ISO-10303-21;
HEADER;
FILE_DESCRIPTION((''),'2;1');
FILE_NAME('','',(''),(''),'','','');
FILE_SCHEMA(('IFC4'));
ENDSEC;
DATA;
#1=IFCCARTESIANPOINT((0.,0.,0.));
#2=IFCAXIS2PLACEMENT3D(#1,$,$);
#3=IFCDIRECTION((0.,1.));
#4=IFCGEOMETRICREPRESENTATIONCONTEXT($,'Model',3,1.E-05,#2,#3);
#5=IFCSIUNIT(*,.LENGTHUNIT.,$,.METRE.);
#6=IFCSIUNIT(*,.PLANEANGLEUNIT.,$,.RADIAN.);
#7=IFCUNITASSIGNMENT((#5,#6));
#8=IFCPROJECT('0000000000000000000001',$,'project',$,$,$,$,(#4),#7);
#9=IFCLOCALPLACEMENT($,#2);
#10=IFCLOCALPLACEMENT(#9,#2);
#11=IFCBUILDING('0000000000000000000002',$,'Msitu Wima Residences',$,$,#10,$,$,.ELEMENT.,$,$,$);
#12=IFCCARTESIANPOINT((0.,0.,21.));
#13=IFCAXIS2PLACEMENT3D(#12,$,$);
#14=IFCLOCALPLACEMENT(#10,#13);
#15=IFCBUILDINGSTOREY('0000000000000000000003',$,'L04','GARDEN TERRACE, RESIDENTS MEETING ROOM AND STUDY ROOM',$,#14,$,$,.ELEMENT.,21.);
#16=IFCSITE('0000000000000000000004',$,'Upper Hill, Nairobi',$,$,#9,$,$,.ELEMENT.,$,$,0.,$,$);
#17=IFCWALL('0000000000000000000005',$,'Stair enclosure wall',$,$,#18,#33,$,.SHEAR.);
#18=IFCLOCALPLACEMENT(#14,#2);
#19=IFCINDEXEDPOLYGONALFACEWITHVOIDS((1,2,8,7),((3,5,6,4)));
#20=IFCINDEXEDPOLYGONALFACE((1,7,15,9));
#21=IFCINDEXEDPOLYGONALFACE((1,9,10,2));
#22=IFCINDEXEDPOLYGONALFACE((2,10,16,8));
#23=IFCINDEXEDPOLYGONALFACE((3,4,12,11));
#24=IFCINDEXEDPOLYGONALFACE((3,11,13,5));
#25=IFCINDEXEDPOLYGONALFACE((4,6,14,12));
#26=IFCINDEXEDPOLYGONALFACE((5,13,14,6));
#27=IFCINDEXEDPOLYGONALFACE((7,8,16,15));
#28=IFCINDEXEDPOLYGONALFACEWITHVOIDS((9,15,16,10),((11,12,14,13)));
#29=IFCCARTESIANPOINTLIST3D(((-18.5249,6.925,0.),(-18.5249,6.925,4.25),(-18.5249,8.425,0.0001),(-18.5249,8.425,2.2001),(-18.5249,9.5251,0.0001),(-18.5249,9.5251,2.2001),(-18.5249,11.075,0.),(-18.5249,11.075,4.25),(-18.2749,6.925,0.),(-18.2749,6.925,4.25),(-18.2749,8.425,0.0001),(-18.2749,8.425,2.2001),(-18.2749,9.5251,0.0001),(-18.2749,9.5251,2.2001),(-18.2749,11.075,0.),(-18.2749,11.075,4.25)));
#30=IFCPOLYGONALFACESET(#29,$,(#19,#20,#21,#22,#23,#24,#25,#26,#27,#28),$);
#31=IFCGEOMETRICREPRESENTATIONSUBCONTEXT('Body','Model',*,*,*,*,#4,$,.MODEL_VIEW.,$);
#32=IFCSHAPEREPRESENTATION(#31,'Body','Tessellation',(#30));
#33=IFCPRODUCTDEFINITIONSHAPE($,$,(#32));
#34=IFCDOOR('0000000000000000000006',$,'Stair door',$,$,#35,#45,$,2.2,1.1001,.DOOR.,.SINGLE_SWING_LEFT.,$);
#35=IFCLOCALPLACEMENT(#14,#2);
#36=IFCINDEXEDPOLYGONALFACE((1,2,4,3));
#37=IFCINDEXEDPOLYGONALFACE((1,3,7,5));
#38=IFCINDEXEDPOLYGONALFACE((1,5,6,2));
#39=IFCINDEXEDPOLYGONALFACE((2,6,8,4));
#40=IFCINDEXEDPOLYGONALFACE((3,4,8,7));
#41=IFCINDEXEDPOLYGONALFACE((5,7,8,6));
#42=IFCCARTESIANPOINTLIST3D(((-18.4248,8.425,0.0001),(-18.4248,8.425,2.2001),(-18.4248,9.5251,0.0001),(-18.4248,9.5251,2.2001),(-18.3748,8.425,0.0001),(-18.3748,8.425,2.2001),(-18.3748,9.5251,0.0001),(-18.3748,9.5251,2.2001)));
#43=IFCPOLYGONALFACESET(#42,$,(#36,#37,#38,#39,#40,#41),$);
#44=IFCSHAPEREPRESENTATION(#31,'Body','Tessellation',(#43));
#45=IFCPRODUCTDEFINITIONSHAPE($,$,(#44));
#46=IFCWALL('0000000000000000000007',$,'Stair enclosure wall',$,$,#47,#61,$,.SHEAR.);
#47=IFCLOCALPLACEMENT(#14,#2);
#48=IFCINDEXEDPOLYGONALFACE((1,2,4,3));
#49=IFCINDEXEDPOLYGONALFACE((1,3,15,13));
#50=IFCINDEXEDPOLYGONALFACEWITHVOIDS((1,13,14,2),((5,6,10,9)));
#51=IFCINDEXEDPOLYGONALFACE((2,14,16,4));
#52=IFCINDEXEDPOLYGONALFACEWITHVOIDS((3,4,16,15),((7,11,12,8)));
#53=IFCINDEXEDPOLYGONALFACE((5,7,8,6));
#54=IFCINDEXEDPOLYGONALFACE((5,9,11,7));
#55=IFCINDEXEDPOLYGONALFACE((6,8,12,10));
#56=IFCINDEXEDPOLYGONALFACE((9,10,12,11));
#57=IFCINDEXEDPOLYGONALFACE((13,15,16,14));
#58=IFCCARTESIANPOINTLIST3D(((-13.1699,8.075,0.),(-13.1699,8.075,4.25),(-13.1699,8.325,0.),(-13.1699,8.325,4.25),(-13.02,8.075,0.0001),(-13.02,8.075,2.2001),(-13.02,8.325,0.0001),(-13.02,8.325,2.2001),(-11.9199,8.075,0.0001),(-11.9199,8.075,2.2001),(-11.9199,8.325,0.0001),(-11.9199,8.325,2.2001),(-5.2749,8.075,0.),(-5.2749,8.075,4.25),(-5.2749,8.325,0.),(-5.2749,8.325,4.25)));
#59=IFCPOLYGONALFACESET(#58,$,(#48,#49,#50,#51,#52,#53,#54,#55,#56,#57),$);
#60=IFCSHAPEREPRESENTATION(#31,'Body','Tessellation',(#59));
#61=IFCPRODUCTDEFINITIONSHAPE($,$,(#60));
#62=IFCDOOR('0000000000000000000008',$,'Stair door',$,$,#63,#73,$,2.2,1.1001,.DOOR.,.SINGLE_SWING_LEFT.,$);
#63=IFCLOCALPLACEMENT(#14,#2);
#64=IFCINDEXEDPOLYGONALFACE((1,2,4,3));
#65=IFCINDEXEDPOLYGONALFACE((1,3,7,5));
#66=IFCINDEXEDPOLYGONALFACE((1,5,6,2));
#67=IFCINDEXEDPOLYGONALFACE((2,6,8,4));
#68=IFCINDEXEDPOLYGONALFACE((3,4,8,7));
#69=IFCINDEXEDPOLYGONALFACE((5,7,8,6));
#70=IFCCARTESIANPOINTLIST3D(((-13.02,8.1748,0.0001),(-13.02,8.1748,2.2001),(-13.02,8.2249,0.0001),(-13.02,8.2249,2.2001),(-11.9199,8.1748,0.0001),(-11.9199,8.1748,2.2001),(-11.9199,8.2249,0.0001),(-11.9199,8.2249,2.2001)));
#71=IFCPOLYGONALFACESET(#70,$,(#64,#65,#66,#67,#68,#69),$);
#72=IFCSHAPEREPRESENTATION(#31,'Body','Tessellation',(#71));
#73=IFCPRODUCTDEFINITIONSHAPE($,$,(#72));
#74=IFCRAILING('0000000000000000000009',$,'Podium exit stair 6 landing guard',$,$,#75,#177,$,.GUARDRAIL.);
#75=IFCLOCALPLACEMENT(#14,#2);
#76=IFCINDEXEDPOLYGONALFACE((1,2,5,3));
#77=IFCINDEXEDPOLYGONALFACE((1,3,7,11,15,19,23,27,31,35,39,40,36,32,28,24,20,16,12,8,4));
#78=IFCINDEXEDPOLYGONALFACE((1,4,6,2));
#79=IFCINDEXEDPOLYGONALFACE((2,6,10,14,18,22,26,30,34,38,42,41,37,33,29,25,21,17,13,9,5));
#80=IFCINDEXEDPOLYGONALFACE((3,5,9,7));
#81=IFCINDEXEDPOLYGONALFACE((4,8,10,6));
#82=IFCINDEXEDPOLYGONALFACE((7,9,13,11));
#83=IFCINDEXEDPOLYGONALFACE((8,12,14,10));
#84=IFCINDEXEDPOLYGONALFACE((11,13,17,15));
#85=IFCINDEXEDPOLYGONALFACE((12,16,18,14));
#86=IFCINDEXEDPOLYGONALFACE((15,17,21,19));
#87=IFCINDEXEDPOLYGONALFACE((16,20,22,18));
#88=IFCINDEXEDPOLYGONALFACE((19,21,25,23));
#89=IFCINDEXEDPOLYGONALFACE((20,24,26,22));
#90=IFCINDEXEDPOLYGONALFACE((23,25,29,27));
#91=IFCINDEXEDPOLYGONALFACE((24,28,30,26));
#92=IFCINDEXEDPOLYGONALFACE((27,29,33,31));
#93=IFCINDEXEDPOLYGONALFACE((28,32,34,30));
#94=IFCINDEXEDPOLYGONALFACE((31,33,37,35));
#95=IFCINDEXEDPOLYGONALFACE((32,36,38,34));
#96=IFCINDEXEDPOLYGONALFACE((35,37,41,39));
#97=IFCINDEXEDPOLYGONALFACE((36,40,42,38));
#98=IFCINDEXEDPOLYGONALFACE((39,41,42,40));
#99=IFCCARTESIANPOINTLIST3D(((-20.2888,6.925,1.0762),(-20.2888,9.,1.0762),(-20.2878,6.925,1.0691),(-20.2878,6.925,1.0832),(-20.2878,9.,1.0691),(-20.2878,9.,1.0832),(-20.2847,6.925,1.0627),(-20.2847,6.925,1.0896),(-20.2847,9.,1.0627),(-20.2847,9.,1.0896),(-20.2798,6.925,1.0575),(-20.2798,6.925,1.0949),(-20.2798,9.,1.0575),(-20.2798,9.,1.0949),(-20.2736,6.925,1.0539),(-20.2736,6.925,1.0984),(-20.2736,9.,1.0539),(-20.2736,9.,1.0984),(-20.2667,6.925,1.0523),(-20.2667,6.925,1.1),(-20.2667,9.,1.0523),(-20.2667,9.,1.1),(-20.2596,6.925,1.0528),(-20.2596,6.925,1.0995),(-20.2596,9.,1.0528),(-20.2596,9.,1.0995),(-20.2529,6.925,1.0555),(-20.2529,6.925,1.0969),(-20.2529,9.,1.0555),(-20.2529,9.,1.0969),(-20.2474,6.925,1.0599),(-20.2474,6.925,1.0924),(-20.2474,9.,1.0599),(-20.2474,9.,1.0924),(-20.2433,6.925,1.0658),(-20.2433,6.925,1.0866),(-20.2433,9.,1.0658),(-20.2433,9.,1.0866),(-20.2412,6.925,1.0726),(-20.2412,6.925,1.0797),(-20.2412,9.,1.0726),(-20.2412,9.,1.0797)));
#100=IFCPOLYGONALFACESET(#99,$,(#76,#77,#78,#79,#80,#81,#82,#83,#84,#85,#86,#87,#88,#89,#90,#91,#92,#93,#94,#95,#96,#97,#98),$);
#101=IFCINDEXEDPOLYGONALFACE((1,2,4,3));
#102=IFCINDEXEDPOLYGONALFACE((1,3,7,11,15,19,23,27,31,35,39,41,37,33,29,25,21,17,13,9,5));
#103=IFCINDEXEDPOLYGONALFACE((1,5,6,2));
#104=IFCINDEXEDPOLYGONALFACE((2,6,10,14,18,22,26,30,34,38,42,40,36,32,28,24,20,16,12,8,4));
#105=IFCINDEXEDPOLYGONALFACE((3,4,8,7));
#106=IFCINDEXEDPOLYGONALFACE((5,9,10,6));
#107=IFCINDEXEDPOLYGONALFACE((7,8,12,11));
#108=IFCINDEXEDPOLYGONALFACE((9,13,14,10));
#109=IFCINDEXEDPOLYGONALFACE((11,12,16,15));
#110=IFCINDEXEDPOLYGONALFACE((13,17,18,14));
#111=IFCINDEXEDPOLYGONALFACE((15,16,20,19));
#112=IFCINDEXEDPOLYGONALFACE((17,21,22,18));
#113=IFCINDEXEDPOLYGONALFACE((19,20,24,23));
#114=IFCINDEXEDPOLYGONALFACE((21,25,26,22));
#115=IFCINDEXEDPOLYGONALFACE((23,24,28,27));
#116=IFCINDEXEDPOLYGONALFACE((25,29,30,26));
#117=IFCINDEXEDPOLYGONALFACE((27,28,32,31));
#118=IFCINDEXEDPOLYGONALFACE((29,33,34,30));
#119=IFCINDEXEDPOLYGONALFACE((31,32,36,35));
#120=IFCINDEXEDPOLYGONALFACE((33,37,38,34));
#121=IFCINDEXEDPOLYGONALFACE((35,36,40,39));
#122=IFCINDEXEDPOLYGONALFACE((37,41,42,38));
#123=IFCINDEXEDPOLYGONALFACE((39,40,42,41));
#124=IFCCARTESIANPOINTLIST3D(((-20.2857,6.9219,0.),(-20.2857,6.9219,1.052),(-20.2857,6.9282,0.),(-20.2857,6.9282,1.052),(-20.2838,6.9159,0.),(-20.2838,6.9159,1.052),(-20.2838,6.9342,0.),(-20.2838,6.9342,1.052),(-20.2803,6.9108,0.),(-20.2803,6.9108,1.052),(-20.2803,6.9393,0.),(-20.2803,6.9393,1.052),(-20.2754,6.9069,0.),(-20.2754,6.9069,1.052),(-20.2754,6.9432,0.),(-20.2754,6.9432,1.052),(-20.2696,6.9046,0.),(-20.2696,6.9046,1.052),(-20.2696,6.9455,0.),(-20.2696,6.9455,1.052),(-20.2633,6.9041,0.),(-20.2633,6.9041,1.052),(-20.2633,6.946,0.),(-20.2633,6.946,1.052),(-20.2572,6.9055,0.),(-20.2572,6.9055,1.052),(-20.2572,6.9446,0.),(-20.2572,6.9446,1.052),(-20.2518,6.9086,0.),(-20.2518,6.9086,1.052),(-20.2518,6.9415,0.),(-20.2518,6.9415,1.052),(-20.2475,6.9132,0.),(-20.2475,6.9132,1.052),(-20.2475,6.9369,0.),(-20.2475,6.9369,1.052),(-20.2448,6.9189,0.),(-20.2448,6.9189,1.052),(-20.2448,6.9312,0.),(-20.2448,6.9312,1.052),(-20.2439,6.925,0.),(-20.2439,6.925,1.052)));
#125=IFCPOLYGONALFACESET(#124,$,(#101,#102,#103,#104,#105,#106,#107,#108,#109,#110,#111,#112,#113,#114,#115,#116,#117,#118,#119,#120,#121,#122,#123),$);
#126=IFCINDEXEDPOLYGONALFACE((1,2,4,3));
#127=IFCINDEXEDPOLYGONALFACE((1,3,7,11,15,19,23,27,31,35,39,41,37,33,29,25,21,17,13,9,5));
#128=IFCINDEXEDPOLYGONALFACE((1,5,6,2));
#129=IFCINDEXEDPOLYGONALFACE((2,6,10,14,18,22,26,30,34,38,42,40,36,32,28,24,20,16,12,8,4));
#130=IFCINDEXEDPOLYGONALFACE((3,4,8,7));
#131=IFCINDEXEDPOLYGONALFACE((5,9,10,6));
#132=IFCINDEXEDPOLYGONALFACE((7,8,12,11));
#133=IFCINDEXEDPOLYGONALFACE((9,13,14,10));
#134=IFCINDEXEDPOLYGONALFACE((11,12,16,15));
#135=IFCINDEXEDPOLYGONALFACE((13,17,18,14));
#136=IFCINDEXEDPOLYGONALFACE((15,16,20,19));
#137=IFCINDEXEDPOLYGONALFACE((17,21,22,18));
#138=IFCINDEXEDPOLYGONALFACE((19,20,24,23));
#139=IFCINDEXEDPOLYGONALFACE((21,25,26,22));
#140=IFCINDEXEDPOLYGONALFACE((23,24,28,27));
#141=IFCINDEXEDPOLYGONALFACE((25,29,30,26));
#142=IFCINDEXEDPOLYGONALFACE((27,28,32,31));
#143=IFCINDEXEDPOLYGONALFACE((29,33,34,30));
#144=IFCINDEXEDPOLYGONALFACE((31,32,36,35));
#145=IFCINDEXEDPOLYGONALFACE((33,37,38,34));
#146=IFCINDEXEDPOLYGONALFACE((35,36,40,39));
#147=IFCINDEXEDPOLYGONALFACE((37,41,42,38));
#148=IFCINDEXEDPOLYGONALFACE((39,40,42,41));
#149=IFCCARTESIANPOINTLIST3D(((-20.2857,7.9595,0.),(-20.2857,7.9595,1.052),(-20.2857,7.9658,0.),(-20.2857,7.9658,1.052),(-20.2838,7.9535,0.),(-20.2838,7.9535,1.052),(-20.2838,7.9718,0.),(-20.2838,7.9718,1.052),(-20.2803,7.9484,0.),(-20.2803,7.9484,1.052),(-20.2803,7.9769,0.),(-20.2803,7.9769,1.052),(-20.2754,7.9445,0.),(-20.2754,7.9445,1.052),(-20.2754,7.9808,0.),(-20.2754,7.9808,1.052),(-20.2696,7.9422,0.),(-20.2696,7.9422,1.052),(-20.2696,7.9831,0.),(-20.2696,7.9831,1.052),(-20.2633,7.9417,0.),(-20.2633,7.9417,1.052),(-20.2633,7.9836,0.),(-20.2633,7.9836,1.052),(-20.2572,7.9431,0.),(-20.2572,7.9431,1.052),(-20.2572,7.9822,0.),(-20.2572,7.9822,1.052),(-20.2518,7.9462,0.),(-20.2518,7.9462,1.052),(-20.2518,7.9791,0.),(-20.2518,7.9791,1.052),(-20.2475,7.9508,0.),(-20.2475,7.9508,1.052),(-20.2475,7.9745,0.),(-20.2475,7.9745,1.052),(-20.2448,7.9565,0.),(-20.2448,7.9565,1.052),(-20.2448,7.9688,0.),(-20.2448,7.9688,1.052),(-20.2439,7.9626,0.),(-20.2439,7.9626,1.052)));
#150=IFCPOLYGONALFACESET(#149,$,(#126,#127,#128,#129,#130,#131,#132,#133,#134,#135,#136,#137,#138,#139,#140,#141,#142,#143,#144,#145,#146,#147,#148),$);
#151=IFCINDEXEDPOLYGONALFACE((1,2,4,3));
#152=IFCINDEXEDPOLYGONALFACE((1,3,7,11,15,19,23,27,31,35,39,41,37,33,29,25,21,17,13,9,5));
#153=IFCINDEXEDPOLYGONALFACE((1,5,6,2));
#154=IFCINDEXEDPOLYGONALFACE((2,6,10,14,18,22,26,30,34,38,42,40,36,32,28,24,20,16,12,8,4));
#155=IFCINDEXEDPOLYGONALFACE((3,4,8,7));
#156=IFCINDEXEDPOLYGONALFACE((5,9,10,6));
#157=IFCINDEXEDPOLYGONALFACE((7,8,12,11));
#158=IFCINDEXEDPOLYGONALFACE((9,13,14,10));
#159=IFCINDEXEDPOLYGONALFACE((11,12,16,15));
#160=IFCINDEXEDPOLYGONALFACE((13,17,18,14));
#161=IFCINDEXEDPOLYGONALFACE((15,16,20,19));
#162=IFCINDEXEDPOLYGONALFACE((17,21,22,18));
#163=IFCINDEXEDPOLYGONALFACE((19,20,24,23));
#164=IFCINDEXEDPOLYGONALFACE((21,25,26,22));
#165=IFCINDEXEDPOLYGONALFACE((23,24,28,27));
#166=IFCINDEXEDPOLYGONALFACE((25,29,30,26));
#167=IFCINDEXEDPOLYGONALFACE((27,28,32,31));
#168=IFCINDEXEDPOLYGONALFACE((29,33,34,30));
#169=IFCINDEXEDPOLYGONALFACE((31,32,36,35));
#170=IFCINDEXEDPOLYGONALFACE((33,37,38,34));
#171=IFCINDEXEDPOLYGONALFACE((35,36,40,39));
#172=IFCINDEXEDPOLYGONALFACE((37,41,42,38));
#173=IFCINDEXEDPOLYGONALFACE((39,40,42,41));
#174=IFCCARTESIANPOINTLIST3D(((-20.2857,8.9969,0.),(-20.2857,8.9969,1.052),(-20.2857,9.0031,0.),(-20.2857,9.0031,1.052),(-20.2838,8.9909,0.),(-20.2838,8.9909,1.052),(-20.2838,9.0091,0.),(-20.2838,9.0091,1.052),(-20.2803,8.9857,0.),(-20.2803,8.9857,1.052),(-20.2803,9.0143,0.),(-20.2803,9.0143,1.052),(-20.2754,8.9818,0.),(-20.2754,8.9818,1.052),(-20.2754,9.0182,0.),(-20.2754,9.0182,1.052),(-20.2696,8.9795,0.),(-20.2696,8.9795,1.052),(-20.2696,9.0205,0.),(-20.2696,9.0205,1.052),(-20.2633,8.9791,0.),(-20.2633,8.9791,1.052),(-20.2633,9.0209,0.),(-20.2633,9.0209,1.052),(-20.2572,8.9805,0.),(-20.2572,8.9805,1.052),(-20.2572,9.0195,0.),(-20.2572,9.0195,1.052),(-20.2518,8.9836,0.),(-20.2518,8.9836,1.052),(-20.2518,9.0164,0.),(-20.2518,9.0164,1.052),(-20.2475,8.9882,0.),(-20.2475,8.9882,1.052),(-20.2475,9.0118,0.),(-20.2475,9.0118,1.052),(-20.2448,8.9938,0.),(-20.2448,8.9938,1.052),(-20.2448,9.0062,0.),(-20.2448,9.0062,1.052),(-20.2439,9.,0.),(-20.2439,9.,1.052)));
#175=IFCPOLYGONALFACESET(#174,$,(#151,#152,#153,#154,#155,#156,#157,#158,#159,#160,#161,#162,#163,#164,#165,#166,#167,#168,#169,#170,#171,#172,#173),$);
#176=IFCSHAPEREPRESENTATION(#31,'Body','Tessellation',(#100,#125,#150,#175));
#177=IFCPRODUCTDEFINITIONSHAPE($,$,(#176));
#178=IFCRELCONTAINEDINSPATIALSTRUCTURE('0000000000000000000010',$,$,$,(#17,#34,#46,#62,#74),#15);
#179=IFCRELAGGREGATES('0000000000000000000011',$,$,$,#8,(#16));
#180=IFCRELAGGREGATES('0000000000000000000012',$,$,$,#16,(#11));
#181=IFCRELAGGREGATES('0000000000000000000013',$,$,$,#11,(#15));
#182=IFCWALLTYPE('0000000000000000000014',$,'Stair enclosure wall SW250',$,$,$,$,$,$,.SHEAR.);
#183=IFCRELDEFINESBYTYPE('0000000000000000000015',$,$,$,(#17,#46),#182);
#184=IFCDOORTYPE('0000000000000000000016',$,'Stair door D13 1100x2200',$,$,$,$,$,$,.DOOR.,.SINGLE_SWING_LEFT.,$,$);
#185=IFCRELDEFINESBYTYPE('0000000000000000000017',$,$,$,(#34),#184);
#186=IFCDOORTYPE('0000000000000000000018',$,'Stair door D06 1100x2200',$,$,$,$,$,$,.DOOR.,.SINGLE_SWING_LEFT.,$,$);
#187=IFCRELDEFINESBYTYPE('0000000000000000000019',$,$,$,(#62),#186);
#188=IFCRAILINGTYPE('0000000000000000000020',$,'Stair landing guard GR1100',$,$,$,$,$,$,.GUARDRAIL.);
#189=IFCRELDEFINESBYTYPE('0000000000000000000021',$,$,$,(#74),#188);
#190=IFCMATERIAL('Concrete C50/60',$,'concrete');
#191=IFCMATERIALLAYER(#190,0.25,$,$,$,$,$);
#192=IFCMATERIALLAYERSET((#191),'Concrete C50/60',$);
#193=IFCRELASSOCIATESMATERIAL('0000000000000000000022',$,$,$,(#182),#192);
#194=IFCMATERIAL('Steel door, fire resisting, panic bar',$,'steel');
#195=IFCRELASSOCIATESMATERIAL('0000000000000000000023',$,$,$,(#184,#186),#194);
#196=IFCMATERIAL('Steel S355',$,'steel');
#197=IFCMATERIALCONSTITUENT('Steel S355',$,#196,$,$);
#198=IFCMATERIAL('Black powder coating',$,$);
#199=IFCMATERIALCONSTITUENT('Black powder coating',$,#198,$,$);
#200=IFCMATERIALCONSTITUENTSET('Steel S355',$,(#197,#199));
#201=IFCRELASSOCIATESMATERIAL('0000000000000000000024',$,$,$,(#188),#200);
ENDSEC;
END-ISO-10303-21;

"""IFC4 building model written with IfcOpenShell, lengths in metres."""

from ifc_helpers import new_model, si_unit, direction, frame, frame_2d, origin, origin_2d, place, context, subcontext, project, spatial, rectangle, circle, extrude, material, layer, layer_set, constituent, constituent_set, type_object, element, fill, save


model = new_model("IFC4")

# Units and contexts
model_context = context("Model", 3, precision=1e-05, world=origin(), true_north=direction((0.0, 1.0)))
body_context = subcontext(model_context, "Body", "Model", "MODEL_VIEW")
ifc_project = project(units=[si_unit("LENGTHUNIT", "METRE"), si_unit("PLANEANGLEUNIT", "RADIAN")], contexts=[model_context])

# Site, building, storey
site_placement = place(None, origin())
site = spatial("IfcSite", under=ifc_project, at=site_placement, Name="Upper Hill, Nairobi", CompositionType="ELEMENT", RefElevation=0.0)
building_placement = place(site_placement, origin())
building = spatial("IfcBuilding", under=site, at=building_placement, Name="Msitu Wima Residences", CompositionType="ELEMENT")
storey_placement = place(building_placement, frame((0.0, 0.0, 21.0)))
storey = spatial("IfcBuildingStorey", under=building, at=storey_placement, Name="L04", Description="GARDEN TERRACE, RESIDENTS MEETING ROOM AND STUDY ROOM", CompositionType="ELEMENT", Elevation=21.0)

# Shared definitions
ifc_material_1 = material(Name="Concrete C50/60", Category="concrete")

# Walls, openings, doors
ifc_layer_1 = layer(ifc_material_1, 0.25)
ifc_layer_set_1 = layer_set([ifc_layer_1], Name="Concrete C50/60")
wall_type_1 = type_object("IfcWallType", Name="Stair enclosure wall SW250", PredefinedType="SHEAR", material=ifc_layer_set_1)
wall_1_placement = place(storey_placement, frame((-18.3999, 6.925, 0.0), z_axis=(0.0, 0.0, 1.0), x_axis=(0.0, 1.0, 0.0)))
wall_1 = element("IfcWall", 1, at=wall_1_placement, inside=storey, type_object=wall_type_1, Name="Stair enclosure wall", PredefinedType="SHEAR", context=body_context, shape_type="SweptSolid", body=[
    extrude(rectangle(XDim=4.1499, YDim=0.25, at=frame_2d((2.075, 0.0))), origin(), (0.0, 0.0, 1.0), 4.25),
])
opening_1_placement = place(wall_1_placement, frame((1.5, 0.0, 0.0)))
opening_1 = element("IfcOpeningElement", 2, at=opening_1_placement, cuts=wall_1, PredefinedType="OPENING", context=body_context, shape_type="SweptSolid", body=[
    extrude(rectangle(XDim=1.1001, YDim=2.2, at=frame_2d((0.55, 1.1001))), frame((0.0, 0.135, 0.0), z_axis=(0.0, -1.0, 0.0), x_axis=(1.0, 0.0, 0.0)), (0.0, 0.0, 1.0), 0.27),
])
ifc_material_2 = material(Name="Steel door, fire resisting, panic bar", Category="steel")
door_type_1 = type_object("IfcDoorType", Name="Stair door D13 1100x2200", OperationType="SINGLE_SWING_LEFT", PredefinedType="DOOR", material=ifc_material_2)
door_1_placement = place(opening_1_placement, origin())
door_1 = element("IfcDoor", 3, at=door_1_placement, inside=storey, type_object=door_type_1, Name="Stair door", OperationType="SINGLE_SWING_LEFT", OverallHeight=2.2, OverallWidth=1.1001, PredefinedType="DOOR", context=body_context, shape_type="SweptSolid", body=[
    extrude(rectangle(XDim=1.1001, YDim=2.2, at=frame_2d((0.55, 1.1001))), frame((0.0, 0.0249, 0.0), z_axis=(0.0, -1.0, 0.0), x_axis=(1.0, 0.0, 0.0)), (0.0, 0.0, 1.0), 0.05),
])
fill(opening_1, door_1)
wall_2_placement = place(storey_placement, frame((-13.1699, 8.2, 0.0), z_axis=(0.0, 0.0, 1.0), x_axis=(1.0, 0.0, 0.0)))
wall_2 = element("IfcWall", 4, at=wall_2_placement, inside=storey, type_object=wall_type_1, Name="Stair enclosure wall", PredefinedType="SHEAR", context=body_context, shape_type="SweptSolid", body=[
    extrude(rectangle(XDim=7.895, YDim=0.25, at=frame_2d((3.9475, 0.0))), origin(), (0.0, 0.0, 1.0), 4.25),
])
opening_2_placement = place(wall_2_placement, frame((0.1499, 0.0, 0.0)))
opening_2 = element("IfcOpeningElement", 5, at=opening_2_placement, cuts=wall_2, PredefinedType="OPENING", context=body_context, shape_type="SweptSolid", body=[
    extrude(rectangle(XDim=1.1001, YDim=2.2, at=frame_2d((0.55, 1.1001))), frame((0.0, 0.135, 0.0), z_axis=(0.0, -1.0, 0.0), x_axis=(1.0, 0.0, 0.0)), (0.0, 0.0, 1.0), 0.27),
])
door_type_2 = type_object("IfcDoorType", Name="Stair door D06 1100x2200", OperationType="SINGLE_SWING_LEFT", PredefinedType="DOOR", material=ifc_material_2)
door_2_placement = place(opening_2_placement, origin())
door_2 = element("IfcDoor", 6, at=door_2_placement, inside=storey, type_object=door_type_2, Name="Stair door", OperationType="SINGLE_SWING_LEFT", OverallHeight=2.2, OverallWidth=1.1001, PredefinedType="DOOR", context=body_context, shape_type="SweptSolid", body=[
    extrude(rectangle(XDim=1.1001, YDim=2.2, at=frame_2d((0.55, 1.1001))), frame((0.0, 0.0249, 0.0), z_axis=(0.0, -1.0, 0.0), x_axis=(1.0, 0.0, 0.0)), (0.0, 0.0, 1.0), 0.05),
])
fill(opening_2, door_2)

# Railing
ifc_material_3 = material(Name="Steel S355", Category="steel")
ifc_constituent_1 = constituent(ifc_material_3, Name="Steel S355")
ifc_material_4 = material(Name="Black powder coating")
ifc_constituent_2 = constituent(ifc_material_4, Name="Black powder coating")
ifc_constituent_set = constituent_set(constituents=[ifc_constituent_1, ifc_constituent_2], Name="Steel S355")
railing_type = type_object("IfcRailingType", Name="Stair landing guard GR1100", PredefinedType="GUARDRAIL", material=ifc_constituent_set)
railing_placement = place(storey_placement, frame((-20.2649, 6.925, 0.0)))
element("IfcRailing", 7, at=railing_placement, inside=storey, type_object=railing_type, Name="Podium exit stair 6 landing guard", PredefinedType="GUARDRAIL", context=body_context, shape_type="SweptSolid", body=[
    extrude(circle(Radius=0.0239, at=origin_2d()), frame((0.0, 0.0, 1.0762), z_axis=(0.0, 1.0, 0.0), x_axis=(-1.0, 0.0, 0.0)), (0.0, 0.0, 1.0), 2.075),
    extrude(circle(Radius=0.021, at=origin_2d()), origin(), (0.0, 0.0, 1.0), 1.052),
    extrude(circle(Radius=0.021, at=origin_2d()), frame((0.0, 1.0376, 0.0)), (0.0, 0.0, 1.0), 1.052),
    extrude(circle(Radius=0.021, at=origin_2d()), frame((0.0, 2.075, 0.0)), (0.0, 0.0, 1.0), 1.052),
])

save(model, "model.ifc")
